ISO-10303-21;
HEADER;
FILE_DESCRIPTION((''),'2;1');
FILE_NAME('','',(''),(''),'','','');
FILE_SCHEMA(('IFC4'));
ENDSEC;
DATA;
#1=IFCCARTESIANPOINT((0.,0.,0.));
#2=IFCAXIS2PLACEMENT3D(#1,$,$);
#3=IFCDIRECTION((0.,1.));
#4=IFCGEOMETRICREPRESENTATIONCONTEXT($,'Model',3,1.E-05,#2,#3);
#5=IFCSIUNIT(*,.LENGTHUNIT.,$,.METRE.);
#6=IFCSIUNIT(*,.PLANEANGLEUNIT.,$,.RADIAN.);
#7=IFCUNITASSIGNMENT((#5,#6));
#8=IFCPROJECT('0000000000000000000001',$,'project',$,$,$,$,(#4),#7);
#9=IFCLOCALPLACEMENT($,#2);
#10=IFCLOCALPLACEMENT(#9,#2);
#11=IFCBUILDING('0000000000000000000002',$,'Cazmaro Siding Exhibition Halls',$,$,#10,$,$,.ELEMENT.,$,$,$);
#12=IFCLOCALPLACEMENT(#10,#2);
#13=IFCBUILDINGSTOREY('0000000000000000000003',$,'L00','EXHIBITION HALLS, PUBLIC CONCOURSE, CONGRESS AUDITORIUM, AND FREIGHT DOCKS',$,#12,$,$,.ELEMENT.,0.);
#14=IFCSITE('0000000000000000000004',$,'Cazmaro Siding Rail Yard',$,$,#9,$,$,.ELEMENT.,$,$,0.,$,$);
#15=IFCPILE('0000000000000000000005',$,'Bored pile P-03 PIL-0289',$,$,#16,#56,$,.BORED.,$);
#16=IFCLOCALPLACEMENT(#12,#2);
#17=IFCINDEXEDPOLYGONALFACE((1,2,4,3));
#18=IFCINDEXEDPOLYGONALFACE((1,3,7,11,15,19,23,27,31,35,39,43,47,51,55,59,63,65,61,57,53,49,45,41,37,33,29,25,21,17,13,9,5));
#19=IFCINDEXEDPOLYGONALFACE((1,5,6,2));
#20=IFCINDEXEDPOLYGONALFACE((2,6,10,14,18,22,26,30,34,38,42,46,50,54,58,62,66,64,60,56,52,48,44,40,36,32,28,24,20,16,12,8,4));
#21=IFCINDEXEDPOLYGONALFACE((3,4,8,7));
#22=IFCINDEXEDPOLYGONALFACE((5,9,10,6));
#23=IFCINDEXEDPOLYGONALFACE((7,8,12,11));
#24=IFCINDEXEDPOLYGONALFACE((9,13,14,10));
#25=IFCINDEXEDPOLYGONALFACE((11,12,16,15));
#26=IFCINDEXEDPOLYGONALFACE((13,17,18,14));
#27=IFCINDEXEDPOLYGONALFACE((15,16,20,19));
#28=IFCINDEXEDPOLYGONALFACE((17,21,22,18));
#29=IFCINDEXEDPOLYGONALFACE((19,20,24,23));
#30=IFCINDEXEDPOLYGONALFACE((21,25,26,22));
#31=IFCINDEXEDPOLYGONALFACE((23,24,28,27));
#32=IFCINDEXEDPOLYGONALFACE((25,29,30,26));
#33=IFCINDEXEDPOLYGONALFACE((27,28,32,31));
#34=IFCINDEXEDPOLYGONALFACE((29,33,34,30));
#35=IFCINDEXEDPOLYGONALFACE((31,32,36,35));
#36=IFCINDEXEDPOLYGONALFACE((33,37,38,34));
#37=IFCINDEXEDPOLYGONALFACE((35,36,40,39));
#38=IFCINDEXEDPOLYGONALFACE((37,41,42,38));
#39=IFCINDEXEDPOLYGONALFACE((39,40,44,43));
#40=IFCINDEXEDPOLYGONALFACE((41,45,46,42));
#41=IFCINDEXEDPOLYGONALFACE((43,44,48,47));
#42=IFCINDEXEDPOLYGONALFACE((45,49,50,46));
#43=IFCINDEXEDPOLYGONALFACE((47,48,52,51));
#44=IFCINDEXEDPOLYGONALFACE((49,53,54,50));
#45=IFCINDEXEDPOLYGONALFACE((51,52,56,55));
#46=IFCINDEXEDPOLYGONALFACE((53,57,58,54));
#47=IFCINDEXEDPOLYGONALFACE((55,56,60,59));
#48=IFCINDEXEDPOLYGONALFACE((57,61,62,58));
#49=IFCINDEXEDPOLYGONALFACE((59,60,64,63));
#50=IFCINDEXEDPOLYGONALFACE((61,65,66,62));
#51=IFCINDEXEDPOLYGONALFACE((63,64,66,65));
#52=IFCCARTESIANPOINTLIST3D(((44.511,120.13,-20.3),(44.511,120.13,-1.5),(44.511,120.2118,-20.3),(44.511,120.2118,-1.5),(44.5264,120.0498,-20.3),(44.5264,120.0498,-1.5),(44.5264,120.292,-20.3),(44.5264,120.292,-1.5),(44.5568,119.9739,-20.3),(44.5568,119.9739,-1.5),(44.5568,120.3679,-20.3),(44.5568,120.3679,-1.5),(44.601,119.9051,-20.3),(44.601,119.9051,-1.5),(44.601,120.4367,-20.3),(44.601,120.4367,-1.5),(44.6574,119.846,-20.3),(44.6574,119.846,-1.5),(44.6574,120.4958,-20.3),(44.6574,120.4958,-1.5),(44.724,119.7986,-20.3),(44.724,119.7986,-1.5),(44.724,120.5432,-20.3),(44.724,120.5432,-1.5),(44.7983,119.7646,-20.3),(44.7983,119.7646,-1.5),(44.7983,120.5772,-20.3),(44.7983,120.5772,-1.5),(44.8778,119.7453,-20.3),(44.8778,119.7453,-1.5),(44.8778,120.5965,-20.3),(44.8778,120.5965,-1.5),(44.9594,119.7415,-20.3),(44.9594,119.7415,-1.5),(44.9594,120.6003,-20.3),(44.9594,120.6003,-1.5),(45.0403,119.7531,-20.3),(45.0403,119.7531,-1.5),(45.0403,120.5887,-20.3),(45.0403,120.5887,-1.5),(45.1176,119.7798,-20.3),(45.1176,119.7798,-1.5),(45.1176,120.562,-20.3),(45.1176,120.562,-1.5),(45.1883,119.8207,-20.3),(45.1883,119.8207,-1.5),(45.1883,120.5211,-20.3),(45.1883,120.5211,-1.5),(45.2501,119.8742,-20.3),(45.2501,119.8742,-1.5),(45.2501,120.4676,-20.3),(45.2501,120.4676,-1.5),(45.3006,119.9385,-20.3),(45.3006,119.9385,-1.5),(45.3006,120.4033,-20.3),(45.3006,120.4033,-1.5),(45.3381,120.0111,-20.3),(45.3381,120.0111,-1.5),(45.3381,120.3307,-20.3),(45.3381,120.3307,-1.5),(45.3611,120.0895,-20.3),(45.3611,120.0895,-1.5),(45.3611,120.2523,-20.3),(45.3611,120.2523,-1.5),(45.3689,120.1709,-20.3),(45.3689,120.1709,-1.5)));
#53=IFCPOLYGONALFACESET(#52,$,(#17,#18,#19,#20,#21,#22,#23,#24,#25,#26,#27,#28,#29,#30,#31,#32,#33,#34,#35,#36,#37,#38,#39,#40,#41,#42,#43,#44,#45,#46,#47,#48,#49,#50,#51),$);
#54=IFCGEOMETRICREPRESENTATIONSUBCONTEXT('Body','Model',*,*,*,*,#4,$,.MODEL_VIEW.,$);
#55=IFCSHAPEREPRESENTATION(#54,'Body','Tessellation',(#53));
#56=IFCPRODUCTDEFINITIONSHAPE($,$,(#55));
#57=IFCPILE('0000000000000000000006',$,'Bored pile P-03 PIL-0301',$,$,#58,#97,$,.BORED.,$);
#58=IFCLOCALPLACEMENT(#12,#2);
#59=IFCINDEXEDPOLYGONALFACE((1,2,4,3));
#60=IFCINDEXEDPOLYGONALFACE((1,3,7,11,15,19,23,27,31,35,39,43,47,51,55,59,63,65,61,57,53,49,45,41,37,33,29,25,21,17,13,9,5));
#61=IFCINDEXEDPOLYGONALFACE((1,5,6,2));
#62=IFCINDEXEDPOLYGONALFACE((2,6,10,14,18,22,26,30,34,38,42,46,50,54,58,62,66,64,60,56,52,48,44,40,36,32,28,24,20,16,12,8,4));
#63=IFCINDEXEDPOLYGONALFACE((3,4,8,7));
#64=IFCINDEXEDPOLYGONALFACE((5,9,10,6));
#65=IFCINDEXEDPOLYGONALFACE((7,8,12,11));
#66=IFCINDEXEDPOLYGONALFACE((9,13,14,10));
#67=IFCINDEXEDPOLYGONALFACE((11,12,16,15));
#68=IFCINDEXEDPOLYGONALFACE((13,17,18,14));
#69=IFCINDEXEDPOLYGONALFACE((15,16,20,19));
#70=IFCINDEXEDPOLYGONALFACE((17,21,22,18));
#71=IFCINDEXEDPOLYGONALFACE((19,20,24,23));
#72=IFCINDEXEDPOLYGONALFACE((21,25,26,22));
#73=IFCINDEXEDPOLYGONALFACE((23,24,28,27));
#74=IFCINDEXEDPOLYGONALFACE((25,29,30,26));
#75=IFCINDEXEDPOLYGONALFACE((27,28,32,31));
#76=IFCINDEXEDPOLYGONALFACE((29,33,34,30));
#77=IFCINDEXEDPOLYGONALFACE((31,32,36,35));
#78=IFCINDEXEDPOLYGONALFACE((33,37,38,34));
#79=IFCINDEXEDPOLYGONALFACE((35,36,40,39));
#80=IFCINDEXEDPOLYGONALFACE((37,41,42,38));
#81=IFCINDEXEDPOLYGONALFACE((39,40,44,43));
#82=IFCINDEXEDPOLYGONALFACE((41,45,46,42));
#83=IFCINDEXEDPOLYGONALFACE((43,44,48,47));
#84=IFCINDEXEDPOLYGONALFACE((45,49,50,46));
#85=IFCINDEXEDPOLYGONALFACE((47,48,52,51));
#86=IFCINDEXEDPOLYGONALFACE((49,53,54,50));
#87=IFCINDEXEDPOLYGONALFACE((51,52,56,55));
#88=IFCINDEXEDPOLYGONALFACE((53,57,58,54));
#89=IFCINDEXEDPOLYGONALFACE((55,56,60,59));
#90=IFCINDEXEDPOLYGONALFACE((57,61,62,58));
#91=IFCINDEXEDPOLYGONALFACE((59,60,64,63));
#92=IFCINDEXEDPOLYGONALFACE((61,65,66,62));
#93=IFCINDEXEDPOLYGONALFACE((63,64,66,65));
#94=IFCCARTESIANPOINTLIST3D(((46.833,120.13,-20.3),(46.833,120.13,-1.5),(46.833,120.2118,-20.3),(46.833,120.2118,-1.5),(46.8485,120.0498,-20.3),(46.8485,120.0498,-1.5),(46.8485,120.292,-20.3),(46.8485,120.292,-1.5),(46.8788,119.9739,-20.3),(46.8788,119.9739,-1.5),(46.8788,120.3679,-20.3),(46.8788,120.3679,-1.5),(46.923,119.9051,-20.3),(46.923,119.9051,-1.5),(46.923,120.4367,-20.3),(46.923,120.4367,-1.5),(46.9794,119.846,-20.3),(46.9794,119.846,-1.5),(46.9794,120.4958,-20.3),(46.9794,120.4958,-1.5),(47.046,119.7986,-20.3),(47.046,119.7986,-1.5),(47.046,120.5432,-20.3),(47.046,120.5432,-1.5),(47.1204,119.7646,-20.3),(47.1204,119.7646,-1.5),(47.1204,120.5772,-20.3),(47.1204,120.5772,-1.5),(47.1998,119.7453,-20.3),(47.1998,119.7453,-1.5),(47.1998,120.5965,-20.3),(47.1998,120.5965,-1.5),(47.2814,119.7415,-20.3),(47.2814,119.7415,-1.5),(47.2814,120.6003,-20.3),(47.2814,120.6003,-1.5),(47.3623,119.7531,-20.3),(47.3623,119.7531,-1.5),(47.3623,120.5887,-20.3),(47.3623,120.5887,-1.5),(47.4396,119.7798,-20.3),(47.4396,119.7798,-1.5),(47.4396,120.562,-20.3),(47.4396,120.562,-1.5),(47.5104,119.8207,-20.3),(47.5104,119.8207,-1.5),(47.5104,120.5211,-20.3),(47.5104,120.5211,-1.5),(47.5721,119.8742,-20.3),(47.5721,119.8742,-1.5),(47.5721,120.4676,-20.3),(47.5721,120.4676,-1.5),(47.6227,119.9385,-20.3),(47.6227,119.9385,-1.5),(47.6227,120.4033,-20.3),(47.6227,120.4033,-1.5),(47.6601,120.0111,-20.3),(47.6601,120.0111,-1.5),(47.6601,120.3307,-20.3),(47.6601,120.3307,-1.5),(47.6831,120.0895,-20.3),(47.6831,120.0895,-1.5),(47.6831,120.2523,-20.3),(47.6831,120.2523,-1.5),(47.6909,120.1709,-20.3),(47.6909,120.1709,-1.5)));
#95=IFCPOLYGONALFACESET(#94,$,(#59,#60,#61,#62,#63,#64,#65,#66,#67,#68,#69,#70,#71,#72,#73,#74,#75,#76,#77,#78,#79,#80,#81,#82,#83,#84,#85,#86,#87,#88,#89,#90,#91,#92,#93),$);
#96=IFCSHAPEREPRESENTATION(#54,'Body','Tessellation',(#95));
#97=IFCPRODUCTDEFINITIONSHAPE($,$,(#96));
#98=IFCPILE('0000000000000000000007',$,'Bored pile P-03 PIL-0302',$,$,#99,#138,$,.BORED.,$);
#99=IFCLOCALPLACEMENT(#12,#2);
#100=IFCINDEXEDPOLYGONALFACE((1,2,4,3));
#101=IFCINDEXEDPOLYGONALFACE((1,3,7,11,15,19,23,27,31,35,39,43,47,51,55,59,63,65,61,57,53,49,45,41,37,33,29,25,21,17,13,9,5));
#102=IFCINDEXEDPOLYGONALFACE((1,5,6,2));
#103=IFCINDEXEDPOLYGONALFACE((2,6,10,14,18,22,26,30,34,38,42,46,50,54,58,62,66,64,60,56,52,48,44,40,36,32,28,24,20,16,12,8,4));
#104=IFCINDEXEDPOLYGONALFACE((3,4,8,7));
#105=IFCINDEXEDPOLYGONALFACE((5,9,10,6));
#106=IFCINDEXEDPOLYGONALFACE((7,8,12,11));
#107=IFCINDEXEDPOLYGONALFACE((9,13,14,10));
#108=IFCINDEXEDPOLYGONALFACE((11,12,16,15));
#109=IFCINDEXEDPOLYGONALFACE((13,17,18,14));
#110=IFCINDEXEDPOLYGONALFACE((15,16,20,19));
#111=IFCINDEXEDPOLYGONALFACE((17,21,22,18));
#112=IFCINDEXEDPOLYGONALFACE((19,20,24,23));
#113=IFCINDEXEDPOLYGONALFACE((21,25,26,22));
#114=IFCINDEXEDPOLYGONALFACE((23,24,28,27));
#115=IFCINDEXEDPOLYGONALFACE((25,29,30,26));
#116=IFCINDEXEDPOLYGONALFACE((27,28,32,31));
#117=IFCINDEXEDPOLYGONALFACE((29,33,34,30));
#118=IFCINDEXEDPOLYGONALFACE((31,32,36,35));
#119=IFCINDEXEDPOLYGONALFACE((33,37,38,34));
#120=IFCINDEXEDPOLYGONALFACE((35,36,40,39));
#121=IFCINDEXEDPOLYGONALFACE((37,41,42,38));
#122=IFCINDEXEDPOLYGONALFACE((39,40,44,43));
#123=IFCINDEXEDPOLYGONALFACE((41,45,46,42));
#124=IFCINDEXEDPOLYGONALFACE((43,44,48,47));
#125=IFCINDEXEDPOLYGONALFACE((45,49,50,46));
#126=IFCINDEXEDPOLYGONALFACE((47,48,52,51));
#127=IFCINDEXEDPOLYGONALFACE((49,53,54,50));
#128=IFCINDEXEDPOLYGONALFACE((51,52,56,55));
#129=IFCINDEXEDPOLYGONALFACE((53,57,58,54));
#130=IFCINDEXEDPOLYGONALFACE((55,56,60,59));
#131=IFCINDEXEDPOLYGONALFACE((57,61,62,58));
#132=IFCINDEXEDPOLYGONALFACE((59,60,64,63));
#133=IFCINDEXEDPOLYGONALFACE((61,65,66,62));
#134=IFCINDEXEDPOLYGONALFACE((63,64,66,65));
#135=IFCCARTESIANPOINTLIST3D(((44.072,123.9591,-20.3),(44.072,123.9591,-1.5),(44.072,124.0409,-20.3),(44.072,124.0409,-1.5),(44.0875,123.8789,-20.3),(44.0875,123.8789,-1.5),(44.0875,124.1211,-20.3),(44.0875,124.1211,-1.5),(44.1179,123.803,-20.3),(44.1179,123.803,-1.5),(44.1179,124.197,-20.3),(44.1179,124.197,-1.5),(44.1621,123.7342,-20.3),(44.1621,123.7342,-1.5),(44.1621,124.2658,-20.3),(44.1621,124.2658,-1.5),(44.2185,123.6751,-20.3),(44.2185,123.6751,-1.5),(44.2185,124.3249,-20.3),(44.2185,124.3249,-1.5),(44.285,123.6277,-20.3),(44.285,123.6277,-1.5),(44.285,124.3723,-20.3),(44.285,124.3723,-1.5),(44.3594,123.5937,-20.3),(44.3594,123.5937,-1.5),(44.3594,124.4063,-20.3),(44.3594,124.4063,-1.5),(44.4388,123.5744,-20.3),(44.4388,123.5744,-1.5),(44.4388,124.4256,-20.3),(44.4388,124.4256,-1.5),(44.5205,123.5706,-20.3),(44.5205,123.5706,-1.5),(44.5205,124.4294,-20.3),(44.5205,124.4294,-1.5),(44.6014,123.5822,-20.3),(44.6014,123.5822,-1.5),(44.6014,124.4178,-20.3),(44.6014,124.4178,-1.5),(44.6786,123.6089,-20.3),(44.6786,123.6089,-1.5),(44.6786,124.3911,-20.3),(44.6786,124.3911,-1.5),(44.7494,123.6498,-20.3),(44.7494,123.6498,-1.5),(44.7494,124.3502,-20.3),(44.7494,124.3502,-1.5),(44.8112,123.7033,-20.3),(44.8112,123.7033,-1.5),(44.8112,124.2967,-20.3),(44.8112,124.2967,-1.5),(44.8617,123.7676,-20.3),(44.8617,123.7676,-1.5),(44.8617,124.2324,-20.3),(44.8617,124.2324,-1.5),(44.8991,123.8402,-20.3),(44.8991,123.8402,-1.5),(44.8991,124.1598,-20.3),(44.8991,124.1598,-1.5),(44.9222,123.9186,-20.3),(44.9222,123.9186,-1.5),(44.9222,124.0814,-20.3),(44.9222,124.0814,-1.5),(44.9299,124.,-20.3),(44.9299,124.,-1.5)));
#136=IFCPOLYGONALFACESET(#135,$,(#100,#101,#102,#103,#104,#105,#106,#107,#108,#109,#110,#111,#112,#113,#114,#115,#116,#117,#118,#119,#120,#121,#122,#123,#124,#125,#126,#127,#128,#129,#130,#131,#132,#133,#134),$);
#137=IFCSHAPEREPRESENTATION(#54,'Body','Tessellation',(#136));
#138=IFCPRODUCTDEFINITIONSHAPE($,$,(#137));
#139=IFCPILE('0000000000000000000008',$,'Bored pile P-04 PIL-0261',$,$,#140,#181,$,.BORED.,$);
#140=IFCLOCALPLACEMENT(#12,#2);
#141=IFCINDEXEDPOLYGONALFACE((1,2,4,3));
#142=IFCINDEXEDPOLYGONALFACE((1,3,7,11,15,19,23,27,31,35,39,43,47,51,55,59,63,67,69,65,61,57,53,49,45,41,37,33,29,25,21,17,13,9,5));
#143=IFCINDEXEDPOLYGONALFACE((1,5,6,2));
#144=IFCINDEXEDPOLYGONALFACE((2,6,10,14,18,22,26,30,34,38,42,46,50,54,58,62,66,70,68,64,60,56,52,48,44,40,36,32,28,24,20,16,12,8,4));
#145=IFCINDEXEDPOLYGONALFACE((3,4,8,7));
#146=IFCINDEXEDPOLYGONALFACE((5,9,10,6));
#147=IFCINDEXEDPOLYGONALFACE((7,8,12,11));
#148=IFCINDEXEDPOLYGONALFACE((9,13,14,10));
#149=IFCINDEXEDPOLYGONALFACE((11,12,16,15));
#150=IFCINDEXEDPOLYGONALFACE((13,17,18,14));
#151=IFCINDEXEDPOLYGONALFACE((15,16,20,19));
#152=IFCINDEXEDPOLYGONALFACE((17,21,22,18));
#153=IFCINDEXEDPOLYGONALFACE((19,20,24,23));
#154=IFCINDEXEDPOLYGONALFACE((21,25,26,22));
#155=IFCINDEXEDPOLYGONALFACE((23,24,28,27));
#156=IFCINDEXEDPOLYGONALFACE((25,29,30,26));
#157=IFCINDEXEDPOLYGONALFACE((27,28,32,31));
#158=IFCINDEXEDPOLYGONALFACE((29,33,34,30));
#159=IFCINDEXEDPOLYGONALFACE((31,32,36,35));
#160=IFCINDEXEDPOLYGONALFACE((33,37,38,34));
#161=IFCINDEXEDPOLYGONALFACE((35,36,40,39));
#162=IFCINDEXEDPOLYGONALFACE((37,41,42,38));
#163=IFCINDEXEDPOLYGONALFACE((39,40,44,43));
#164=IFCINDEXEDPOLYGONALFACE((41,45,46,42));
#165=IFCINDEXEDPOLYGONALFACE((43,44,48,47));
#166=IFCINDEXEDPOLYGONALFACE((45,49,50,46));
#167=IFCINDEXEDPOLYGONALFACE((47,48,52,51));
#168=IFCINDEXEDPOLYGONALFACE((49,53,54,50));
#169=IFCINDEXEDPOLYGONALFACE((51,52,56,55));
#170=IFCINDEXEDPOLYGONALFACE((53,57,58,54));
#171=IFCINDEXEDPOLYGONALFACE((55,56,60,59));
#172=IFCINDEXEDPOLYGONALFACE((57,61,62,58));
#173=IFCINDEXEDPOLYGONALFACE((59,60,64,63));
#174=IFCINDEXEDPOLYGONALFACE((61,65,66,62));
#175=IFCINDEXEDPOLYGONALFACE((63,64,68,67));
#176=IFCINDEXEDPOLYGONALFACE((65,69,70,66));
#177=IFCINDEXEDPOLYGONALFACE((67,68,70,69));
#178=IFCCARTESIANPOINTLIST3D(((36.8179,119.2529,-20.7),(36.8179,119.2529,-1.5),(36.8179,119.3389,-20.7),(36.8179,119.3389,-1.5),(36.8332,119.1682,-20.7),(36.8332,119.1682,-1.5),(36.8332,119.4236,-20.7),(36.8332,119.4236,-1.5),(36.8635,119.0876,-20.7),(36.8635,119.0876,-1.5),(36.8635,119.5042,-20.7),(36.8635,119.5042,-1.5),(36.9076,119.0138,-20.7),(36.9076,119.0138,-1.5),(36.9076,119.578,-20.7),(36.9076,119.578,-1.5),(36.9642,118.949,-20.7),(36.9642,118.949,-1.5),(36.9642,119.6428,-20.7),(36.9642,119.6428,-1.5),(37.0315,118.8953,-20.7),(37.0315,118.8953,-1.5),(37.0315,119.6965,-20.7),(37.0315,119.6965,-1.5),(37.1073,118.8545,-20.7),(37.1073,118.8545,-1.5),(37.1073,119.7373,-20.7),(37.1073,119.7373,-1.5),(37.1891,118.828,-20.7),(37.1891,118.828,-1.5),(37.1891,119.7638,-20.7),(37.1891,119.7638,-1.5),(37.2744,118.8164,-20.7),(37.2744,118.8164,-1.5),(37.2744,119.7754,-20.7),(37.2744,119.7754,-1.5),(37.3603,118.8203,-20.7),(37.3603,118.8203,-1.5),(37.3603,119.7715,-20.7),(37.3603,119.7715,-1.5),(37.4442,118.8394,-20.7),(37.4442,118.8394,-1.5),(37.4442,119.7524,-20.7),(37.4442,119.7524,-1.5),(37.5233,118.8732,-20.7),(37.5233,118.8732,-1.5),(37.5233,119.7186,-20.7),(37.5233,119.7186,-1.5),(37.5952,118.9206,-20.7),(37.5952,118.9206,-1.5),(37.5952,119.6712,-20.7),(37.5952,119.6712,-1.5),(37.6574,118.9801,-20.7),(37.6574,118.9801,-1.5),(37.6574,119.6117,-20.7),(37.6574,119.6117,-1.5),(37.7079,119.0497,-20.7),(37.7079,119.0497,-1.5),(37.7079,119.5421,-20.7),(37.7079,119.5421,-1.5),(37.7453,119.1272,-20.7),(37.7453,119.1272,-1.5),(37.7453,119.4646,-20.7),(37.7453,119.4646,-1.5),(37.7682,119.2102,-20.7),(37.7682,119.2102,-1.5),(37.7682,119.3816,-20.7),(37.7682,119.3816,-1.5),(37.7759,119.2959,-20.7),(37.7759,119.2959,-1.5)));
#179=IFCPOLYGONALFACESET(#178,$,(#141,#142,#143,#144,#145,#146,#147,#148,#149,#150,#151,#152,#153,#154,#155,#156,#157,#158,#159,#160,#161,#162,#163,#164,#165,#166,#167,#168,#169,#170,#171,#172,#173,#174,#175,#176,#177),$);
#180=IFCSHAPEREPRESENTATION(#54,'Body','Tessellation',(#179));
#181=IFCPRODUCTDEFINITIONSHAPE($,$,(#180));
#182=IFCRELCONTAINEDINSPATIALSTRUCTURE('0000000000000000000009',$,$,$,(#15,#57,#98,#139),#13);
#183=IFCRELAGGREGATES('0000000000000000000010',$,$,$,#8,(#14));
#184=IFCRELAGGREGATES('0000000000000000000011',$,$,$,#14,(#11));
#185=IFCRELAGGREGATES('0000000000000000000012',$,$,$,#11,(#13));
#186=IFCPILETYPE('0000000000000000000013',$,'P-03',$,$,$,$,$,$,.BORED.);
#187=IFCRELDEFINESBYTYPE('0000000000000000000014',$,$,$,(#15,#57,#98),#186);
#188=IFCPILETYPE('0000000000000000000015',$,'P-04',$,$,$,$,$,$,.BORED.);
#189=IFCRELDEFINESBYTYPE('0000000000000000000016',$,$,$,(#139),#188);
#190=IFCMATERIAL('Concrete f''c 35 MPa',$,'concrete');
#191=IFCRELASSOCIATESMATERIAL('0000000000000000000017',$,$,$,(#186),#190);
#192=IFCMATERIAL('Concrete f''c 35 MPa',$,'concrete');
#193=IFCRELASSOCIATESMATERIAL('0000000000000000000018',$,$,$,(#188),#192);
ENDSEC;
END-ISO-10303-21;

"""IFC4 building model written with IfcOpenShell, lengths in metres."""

from ifc_helpers import new_model, si_unit, direction, frame, origin, origin_2d, place, context, subcontext, project, spatial, circle, extrude, material, material_profile, profile_set, type_object, element, save


model = new_model("IFC4")

# Units and contexts
model_context = context("Model", 3, precision=1e-05, world=origin(), true_north=direction((0.0, 1.0)))
body_context = subcontext(model_context, "Body", "Model", "MODEL_VIEW")
ifc_project = project(units=[si_unit("LENGTHUNIT", "METRE"), si_unit("PLANEANGLEUNIT", "RADIAN")], contexts=[model_context])

# Site, building, storey
site_placement = place(None, origin())
site = spatial("IfcSite", under=ifc_project, at=site_placement, Name="Cazmaro Siding Rail Yard", CompositionType="ELEMENT", RefElevation=0.0)
building_placement = place(site_placement, origin())
building = spatial("IfcBuilding", under=site, at=building_placement, Name="Cazmaro Siding Exhibition Halls", CompositionType="ELEMENT")
storey_placement = place(building_placement, origin())
storey = spatial("IfcBuildingStorey", under=building, at=storey_placement, Name="L00", Description="EXHIBITION HALLS, PUBLIC CONCOURSE, CONGRESS AUDITORIUM, AND FREIGHT DOCKS", CompositionType="ELEMENT", Elevation=0.0)

# Piles
ifc_material_1 = material(Name="Concrete f'c 35 MPa", Category="concrete")
ifc_material_profile_1 = material_profile(ifc_material_1, circle(Radius=0.4299, at=origin_2d()), Name="CIDH-860")
ifc_profile_set_1 = profile_set([ifc_material_profile_1], Name="Concrete f'c 35 MPa")
pile_type_1 = type_object("IfcPileType", Name="P-03", PredefinedType="BORED", material=ifc_profile_set_1)
for number, where, z_axis, x_axis, name in (
    (1, (44.939, 120.1709, -1.5), (0.0, 0.0, -1.0), (1.0, 0.0, 0.0), "Bored pile P-03 PIL-0289"),
    (2, (47.261, 120.1709, -1.5), (0.0, 0.0, -1.0), (1.0, 0.0, 0.0), "Bored pile P-03 PIL-0301"),
    (3, (44.5, 124.0, -1.5), (0.0, 0.0, -1.0), (1.0, 0.0, 0.0), "Bored pile P-03 PIL-0302"),
):
    element("IfcPile", number, at=place(storey_placement, frame(where, z_axis=z_axis, x_axis=x_axis)), inside=storey, type_object=pile_type_1, Name=name, PredefinedType="BORED", context=body_context, shape_type="SweptSolid", body=[
        extrude(circle(Radius=0.4299, at=origin_2d()), origin(), (0.0, 0.0, 1.0), 18.8),
    ])
ifc_material_2 = material(Name="Concrete f'c 35 MPa", Category="concrete")
ifc_material_profile_2 = material_profile(ifc_material_2, circle(Radius=0.48, at=origin_2d()), Name="CIDH-960")
ifc_profile_set_2 = profile_set([ifc_material_profile_2], Name="Concrete f'c 35 MPa")
pile_type_2 = type_object("IfcPileType", Name="P-04", PredefinedType="BORED", material=ifc_profile_set_2)
for number, where, z_axis, x_axis, name in (
    (4, (37.2959, 119.2959, -1.5), (0.0, 0.0, -1.0), (1.0, 0.0, 0.0), "Bored pile P-04 PIL-0261"),
):
    element("IfcPile", number, at=place(storey_placement, frame(where, z_axis=z_axis, x_axis=x_axis)), inside=storey, type_object=pile_type_2, Name=name, PredefinedType="BORED", context=body_context, shape_type="SweptSolid", body=[
        extrude(circle(Radius=0.48, at=origin_2d()), origin(), (0.0, 0.0, 1.0), 19.2),
    ])

save(model, "model.ifc")
